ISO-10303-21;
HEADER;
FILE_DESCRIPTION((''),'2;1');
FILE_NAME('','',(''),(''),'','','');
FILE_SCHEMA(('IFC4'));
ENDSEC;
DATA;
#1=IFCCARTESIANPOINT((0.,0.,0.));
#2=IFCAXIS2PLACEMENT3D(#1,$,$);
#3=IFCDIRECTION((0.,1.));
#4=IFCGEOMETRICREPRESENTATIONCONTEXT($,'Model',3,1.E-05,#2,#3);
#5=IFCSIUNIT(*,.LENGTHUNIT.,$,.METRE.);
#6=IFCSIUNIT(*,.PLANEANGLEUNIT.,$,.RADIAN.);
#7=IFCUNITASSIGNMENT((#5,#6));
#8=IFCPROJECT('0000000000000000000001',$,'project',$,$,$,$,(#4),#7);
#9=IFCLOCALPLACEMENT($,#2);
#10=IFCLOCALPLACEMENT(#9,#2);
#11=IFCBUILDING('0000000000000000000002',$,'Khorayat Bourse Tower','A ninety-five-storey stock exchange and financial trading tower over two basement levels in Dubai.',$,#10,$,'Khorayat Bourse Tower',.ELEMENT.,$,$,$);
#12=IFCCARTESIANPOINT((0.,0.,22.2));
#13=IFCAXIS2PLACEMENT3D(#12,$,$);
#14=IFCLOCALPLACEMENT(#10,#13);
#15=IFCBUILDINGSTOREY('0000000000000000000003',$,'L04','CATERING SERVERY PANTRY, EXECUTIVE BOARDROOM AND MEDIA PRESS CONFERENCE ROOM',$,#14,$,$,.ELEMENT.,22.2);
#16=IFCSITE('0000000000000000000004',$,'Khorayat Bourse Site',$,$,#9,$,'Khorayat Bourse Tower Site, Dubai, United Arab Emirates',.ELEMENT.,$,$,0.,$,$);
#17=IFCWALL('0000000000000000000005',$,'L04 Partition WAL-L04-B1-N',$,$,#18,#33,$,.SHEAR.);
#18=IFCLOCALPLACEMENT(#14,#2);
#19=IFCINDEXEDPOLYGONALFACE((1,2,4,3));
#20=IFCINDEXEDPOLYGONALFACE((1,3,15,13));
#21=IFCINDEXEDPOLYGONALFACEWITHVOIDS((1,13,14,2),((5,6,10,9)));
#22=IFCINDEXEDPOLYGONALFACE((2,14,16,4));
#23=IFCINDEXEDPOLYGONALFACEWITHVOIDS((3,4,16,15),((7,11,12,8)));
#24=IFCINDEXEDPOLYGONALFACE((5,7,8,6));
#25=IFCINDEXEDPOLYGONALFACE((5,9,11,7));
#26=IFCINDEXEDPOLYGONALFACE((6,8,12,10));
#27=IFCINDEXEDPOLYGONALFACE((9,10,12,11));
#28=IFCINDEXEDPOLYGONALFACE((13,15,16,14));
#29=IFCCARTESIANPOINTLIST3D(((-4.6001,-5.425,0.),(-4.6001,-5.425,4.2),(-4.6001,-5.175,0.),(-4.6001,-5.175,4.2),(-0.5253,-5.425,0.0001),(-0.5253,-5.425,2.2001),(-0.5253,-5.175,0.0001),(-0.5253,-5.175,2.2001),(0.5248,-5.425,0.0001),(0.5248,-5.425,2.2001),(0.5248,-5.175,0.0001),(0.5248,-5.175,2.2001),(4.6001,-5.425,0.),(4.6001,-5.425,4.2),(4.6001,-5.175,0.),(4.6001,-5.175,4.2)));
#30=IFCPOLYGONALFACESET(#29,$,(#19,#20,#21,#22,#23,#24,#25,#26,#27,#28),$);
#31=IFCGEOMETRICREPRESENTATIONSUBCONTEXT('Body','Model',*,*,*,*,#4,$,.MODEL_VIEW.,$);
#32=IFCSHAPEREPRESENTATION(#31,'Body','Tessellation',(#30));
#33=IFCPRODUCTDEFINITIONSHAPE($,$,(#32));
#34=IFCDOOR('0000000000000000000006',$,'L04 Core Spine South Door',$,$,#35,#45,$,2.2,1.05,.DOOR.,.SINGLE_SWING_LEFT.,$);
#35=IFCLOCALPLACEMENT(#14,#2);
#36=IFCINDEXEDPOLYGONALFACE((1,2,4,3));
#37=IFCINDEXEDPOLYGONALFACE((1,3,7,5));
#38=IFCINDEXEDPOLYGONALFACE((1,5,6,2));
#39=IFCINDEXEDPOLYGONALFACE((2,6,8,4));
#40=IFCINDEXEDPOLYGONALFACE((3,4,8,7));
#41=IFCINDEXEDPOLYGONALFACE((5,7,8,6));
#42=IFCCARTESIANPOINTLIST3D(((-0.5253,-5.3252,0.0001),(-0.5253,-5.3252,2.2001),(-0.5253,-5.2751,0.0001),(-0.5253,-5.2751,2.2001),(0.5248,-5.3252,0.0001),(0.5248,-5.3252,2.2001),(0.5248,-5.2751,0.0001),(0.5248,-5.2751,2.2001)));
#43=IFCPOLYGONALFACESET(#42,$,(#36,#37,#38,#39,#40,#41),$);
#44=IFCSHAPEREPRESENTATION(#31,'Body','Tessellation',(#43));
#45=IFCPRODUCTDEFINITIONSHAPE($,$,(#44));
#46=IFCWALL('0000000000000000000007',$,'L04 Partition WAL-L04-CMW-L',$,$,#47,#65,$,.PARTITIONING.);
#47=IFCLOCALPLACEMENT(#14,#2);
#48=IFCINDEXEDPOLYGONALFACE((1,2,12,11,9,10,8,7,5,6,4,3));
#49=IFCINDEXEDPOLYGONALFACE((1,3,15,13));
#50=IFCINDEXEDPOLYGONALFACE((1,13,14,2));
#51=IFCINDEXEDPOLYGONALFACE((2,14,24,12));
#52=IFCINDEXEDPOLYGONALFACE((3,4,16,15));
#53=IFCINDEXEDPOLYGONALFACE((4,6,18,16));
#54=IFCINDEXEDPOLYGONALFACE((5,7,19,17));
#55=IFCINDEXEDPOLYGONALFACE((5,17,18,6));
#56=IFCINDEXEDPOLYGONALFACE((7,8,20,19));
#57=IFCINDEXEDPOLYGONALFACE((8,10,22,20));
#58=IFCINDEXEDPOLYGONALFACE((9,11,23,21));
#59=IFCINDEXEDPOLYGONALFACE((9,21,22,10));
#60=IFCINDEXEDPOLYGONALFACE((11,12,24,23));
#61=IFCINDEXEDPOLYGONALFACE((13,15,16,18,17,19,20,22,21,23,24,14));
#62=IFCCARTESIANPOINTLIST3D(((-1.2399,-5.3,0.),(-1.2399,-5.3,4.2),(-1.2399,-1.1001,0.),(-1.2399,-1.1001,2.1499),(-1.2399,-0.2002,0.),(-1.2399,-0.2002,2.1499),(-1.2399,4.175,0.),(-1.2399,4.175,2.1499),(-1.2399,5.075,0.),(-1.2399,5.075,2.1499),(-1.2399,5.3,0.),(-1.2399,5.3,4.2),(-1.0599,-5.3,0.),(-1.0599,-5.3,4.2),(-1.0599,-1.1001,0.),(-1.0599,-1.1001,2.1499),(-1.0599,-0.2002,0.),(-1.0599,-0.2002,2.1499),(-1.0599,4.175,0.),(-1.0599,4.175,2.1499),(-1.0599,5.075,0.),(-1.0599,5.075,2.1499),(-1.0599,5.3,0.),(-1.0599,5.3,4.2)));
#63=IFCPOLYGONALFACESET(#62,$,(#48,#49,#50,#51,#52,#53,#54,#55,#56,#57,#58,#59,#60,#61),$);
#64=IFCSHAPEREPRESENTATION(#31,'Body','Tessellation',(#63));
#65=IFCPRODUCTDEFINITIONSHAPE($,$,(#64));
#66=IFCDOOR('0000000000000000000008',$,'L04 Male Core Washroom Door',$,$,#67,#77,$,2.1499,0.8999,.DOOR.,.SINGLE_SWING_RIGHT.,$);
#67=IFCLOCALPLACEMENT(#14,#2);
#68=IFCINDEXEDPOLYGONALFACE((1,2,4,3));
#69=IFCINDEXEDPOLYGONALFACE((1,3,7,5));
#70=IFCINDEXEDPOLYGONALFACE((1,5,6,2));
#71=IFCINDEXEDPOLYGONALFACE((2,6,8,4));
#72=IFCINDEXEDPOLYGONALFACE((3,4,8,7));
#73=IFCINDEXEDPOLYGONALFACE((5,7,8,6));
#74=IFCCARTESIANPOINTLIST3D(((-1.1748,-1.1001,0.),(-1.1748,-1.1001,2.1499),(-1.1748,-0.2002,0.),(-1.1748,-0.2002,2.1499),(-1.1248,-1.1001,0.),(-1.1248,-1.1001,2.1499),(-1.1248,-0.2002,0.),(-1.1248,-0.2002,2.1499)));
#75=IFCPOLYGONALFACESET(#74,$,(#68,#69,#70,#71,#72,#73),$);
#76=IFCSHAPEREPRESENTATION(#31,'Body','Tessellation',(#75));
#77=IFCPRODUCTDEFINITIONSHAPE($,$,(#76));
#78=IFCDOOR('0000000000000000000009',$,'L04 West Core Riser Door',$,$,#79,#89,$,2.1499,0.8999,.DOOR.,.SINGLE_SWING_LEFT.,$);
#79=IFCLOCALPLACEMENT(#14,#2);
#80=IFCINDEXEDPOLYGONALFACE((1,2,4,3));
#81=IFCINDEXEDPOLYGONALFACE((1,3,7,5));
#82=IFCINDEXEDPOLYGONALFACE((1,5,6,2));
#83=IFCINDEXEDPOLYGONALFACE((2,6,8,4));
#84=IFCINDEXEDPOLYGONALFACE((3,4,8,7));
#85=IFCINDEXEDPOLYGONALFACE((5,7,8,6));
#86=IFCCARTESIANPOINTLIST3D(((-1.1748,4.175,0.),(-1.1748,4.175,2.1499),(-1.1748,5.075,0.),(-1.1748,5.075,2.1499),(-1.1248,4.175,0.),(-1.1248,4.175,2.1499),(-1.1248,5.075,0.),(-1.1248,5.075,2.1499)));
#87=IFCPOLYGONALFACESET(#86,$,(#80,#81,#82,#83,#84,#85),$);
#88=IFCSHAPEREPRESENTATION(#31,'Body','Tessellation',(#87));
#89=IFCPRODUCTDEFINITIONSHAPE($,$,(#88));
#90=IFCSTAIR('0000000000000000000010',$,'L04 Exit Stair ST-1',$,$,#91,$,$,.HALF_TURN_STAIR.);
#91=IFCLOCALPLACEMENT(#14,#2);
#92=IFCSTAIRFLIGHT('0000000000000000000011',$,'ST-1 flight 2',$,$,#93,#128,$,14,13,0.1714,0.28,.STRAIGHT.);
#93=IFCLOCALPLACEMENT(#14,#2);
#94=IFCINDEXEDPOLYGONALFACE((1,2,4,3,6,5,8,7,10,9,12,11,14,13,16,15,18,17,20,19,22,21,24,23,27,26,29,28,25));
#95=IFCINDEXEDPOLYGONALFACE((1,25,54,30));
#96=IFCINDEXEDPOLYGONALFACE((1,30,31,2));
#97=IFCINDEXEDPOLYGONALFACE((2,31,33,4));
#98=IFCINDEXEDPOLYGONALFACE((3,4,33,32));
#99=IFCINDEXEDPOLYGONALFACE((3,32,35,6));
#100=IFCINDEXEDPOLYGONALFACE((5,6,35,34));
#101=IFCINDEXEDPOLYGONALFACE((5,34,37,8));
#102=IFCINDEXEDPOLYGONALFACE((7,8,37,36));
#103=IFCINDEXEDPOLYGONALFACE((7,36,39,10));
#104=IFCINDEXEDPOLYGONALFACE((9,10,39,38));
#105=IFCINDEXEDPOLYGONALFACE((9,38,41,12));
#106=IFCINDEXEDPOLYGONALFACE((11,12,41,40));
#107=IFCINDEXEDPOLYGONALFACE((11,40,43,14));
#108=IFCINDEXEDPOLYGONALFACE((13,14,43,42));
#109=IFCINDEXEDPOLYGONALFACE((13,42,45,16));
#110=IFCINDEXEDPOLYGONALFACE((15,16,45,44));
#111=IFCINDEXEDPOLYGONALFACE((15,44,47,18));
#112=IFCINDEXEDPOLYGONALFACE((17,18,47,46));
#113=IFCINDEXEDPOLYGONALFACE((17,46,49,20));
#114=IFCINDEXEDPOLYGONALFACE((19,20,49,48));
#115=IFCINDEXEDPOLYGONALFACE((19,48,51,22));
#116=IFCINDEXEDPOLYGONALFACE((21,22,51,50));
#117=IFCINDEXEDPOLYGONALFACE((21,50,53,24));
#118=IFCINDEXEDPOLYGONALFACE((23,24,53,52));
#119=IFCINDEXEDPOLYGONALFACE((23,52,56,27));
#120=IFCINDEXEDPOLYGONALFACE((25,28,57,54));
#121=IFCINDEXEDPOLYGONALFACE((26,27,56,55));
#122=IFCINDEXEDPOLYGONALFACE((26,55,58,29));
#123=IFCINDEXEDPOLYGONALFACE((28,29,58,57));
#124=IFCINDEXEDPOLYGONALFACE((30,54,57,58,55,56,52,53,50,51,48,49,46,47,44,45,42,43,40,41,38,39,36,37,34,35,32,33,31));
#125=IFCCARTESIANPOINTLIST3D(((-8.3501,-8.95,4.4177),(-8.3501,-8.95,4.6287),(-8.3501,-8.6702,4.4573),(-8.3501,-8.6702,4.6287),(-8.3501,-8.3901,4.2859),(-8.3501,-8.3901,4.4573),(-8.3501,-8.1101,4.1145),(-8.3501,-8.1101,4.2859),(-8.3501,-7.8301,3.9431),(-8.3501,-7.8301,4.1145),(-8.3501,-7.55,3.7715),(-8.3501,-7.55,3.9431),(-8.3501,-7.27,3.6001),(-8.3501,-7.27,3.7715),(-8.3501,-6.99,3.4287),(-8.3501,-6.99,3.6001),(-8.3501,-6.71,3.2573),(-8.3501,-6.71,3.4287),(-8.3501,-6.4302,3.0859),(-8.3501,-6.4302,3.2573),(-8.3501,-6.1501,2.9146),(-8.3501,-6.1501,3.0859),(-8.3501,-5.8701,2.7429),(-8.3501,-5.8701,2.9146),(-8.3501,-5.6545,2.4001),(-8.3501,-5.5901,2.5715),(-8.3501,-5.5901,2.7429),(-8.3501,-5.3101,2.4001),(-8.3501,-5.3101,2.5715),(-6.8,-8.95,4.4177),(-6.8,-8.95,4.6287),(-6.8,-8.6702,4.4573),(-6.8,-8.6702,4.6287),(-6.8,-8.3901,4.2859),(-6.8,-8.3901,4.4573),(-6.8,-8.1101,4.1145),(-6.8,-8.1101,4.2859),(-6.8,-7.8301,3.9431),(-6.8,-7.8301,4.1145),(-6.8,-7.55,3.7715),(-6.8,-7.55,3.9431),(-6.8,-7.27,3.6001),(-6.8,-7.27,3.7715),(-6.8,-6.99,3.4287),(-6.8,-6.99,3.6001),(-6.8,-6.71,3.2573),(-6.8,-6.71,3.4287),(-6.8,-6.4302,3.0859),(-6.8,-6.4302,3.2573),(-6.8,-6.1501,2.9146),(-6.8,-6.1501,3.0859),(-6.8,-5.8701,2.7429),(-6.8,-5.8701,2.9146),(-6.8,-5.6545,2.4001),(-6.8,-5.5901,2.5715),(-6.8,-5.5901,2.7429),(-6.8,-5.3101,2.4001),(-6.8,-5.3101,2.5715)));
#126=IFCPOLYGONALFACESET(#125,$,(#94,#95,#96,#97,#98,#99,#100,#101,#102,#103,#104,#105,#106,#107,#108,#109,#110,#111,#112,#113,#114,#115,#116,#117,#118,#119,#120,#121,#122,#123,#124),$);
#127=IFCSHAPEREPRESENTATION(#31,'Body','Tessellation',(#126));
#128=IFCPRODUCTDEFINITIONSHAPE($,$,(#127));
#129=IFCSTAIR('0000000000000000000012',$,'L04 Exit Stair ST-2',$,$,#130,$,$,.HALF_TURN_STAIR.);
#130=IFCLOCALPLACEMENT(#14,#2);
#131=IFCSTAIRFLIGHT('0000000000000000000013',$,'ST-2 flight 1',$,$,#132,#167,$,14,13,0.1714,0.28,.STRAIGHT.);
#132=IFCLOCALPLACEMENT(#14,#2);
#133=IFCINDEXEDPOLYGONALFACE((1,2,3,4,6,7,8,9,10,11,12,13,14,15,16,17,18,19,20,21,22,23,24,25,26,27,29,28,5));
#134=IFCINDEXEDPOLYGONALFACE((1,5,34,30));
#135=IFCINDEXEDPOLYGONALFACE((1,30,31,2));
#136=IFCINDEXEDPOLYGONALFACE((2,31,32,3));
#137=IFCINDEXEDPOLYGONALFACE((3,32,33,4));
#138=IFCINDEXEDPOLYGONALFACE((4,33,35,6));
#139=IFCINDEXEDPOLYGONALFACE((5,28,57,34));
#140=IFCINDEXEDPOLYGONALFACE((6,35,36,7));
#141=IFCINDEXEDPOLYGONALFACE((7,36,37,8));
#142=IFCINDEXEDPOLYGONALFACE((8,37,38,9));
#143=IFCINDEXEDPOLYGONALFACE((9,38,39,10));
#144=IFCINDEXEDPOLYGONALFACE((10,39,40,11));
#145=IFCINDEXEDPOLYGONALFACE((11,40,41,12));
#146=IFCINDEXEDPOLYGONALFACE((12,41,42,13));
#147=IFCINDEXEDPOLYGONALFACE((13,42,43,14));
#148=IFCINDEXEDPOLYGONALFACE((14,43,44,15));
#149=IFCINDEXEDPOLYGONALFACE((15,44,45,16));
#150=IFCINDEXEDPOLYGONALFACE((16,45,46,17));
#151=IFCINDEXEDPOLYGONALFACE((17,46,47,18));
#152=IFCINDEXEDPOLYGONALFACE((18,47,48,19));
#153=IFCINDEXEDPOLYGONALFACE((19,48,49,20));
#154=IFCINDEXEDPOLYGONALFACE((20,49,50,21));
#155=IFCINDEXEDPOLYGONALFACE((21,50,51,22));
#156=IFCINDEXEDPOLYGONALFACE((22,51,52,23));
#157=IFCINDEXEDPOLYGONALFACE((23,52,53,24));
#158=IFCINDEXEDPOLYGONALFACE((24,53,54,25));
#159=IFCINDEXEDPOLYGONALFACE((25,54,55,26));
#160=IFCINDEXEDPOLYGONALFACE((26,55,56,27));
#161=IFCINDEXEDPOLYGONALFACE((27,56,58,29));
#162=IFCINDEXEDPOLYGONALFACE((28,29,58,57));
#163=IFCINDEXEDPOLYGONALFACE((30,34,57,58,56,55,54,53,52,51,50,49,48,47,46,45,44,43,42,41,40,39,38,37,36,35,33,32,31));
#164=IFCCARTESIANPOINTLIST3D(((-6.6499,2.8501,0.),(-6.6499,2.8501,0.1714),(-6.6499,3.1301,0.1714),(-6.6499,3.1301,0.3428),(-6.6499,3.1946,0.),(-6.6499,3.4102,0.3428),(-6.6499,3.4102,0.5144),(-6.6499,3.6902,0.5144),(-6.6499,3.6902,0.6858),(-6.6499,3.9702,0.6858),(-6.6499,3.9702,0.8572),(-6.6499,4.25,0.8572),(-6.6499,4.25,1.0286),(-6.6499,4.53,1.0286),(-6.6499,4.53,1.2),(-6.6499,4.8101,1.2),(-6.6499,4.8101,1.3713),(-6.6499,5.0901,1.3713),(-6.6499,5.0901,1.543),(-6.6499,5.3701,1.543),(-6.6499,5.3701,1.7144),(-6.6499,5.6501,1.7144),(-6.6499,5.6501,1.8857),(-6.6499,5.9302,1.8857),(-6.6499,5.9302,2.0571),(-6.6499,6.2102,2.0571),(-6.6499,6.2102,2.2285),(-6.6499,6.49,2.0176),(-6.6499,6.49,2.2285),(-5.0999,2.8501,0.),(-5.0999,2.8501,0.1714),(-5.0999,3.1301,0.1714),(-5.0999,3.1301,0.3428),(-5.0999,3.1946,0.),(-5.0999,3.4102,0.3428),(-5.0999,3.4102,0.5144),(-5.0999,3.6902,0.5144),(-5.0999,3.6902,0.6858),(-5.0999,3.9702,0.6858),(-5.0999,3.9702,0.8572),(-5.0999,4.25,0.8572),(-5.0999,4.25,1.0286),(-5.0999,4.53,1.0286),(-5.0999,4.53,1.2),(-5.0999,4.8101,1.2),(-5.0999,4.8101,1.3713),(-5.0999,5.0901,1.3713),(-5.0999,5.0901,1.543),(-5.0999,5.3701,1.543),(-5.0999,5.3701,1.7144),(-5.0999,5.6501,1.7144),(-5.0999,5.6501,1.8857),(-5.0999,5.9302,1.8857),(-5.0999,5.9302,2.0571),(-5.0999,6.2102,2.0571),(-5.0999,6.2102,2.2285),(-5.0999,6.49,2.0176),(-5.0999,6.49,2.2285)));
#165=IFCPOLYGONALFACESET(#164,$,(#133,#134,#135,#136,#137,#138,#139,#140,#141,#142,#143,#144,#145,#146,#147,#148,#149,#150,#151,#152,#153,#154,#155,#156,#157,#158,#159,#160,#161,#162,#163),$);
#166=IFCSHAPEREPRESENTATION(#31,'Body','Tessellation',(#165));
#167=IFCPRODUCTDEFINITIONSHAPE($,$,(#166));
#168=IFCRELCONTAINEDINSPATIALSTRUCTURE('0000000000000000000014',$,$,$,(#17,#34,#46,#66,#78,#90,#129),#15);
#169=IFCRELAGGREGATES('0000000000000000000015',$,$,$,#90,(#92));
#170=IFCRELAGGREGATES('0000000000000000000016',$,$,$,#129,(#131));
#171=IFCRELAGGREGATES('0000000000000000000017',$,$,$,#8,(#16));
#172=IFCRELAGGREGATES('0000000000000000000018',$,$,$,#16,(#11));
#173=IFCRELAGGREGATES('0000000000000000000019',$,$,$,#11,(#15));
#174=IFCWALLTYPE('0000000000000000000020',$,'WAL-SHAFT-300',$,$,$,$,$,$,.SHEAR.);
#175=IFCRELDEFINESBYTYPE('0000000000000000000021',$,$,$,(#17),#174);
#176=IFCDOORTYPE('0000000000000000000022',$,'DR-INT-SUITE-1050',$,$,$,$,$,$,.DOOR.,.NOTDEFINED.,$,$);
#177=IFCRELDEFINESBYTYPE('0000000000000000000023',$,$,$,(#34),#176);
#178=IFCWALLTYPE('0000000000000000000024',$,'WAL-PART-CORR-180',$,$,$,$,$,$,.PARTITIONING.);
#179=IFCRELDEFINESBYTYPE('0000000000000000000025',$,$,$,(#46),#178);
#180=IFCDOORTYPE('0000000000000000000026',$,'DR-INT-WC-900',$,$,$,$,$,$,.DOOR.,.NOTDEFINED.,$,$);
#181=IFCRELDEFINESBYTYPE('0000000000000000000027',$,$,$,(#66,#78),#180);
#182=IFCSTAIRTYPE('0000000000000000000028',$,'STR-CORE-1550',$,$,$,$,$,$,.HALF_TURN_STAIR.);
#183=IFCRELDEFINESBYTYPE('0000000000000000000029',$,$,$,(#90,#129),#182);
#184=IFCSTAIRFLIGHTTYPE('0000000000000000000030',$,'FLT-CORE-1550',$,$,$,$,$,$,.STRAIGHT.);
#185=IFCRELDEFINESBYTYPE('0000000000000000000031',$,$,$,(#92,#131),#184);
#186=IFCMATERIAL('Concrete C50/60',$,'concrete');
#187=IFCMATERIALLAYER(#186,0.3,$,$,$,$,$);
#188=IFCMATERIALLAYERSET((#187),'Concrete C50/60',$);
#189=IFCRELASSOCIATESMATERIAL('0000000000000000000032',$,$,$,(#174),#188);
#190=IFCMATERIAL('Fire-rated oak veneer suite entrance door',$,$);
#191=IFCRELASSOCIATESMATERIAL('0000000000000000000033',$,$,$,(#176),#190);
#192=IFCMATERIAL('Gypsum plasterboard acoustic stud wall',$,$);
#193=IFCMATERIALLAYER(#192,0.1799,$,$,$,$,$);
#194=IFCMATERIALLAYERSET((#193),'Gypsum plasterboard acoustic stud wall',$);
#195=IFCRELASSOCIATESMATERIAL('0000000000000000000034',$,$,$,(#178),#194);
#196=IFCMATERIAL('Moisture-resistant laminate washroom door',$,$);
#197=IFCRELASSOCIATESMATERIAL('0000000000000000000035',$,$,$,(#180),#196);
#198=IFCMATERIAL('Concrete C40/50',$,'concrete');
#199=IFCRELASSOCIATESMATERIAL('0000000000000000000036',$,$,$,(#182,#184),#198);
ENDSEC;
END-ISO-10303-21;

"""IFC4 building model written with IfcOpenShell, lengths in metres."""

from ifc_helpers import new_model, si_unit, direction, frame, frame_2d, origin, place, context, subcontext, project, spatial, polyline, rectangle, outline, extrude, source, transform, mapped, material, layer, layer_set, type_object, element, fill, aggregate, save


model = new_model("IFC4")

# Units and contexts
model_context = context("Model", 3, precision=1e-05, world=origin(), true_north=direction((0.0, 1.0)))
body_context = subcontext(model_context, "Body", "Model", "MODEL_VIEW")
ifc_project = project(units=[si_unit("LENGTHUNIT", "METRE"), si_unit("PLANEANGLEUNIT", "RADIAN")], contexts=[model_context])

# Site, building, storey
site_placement = place(None, origin())
site = spatial("IfcSite", under=ifc_project, at=site_placement, Name="Khorayat Bourse Site", LongName="Khorayat Bourse Tower Site, Dubai, United Arab Emirates", CompositionType="ELEMENT", RefElevation=0.0)
building_placement = place(site_placement, origin())
building = spatial("IfcBuilding", under=site, at=building_placement, Name="Khorayat Bourse Tower", Description="A ninety-five-storey stock exchange and financial trading tower over two basement levels in Dubai.", LongName="Khorayat Bourse Tower", CompositionType="ELEMENT")
storey_placement = place(building_placement, frame((0.0, 0.0, 22.2)))
storey = spatial("IfcBuildingStorey", under=building, at=storey_placement, Name="L04", Description="CATERING SERVERY PANTRY, EXECUTIVE BOARDROOM AND MEDIA PRESS CONFERENCE ROOM", CompositionType="ELEMENT", Elevation=22.2)

# Shared definitions
ifc_material_1 = material(Name="Concrete C50/60", Category="concrete")
ifc_layer_1 = layer(ifc_material_1, 0.3)
ifc_layer_set_1 = layer_set([ifc_layer_1], Name="Concrete C50/60")
wall_type_1 = type_object("IfcWallType", Name="WAL-SHAFT-300", PredefinedType="SHEAR", material=ifc_layer_set_1)

# Wall, opening, door
shared_shape_1 = source(origin(), body_context, "Body", "SweptSolid", [
    extrude(rectangle(XDim=9.2002, YDim=0.25, at=frame_2d((4.6001, 0.0))), origin(), (0.0, 0.0, 1.0), 4.2),
])
wall_1_placement = place(storey_placement, frame((-4.6001, -5.3, 0.0), z_axis=(0.0, 0.0, 1.0), x_axis=(1.0, 0.0, 0.0)))
wall_1 = element("IfcWall", 1, at=wall_1_placement, inside=storey, type_object=wall_type_1, Name="L04 Partition WAL-L04-B1-N", PredefinedType="SHEAR", context=body_context, shape_type="MappedRepresentation", body=[
    mapped(shared_shape_1, transform((0.0, 0.0, 0.0), scale=1.0)),
])
shared_shape_2 = source(origin(), body_context, "Body", "SweptSolid", [
    extrude(rectangle(XDim=1.05, YDim=2.2, at=frame_2d((0.5249, 1.1001))), frame((0.0, 0.135, 0.0), z_axis=(0.0, -1.0, 0.0), x_axis=(1.0, 0.0, 0.0)), (0.0, 0.0, 1.0), 0.27),
])
opening_1_placement = place(wall_1_placement, frame((4.075, 0.0, 0.0)))
opening_1 = element("IfcOpeningElement", 2, at=opening_1_placement, cuts=wall_1, PredefinedType="OPENING", context=body_context, shape_type="MappedRepresentation", body=[
    mapped(shared_shape_2, transform((0.0, 0.0, 0.0), scale=1.0)),
])
ifc_material_2 = material(Name="Fire-rated oak veneer suite entrance door")
door_type_1 = type_object("IfcDoorType", Name="DR-INT-SUITE-1050", OperationType="NOTDEFINED", PredefinedType="DOOR", material=ifc_material_2)
shared_shape_3 = source(origin(), body_context, "Body", "SweptSolid", [
    extrude(rectangle(XDim=1.05, YDim=2.2, at=frame_2d((0.5249, 1.1001))), frame((0.0, 0.0249, 0.0), z_axis=(0.0, -1.0, 0.0), x_axis=(1.0, 0.0, 0.0)), (0.0, 0.0, 1.0), 0.05),
])
door_1_placement = place(opening_1_placement, origin())
door_1 = element("IfcDoor", 3, at=door_1_placement, inside=storey, type_object=door_type_1, Name="L04 Core Spine South Door", OperationType="SINGLE_SWING_LEFT", OverallHeight=2.2, OverallWidth=1.05, PredefinedType="DOOR", context=body_context, shape_type="MappedRepresentation", body=[
    mapped(shared_shape_3, transform((0.0, 0.0, 0.0), scale=1.0)),
])
fill(opening_1, door_1)

# Wall, openings, doors
ifc_material_3 = material(Name="Gypsum plasterboard acoustic stud wall")
ifc_layer_2 = layer(ifc_material_3, 0.1799)
ifc_layer_set_2 = layer_set([ifc_layer_2], Name="Gypsum plasterboard acoustic stud wall")
wall_type_2 = type_object("IfcWallType", Name="WAL-PART-CORR-180", PredefinedType="PARTITIONING", material=ifc_layer_set_2)
shared_shape_4 = source(origin(), body_context, "Body", "SweptSolid", [
    extrude(rectangle(XDim=10.6001, YDim=0.1799, at=frame_2d((5.3, 0.0))), origin(), (0.0, 0.0, 1.0), 4.2),
])
wall_2_placement = place(storey_placement, frame((-1.1499, -5.3, 0.0), z_axis=(0.0, 0.0, 1.0), x_axis=(0.0, 1.0, 0.0)))
wall_2 = element("IfcWall", 4, at=wall_2_placement, inside=storey, type_object=wall_type_2, Name="L04 Partition WAL-L04-CMW-L", PredefinedType="PARTITIONING", context=body_context, shape_type="MappedRepresentation", body=[
    mapped(shared_shape_4, transform((0.0, 0.0, 0.0), scale=1.0)),
])
shared_shape_5 = source(origin(), body_context, "Body", "SweptSolid", [
    extrude(rectangle(XDim=0.8999, YDim=2.1499, at=frame_2d((0.45, 1.075))), frame((0.0, 0.0999, 0.0), z_axis=(0.0, -1.0, 0.0), x_axis=(1.0, 0.0, 0.0)), (0.0, 0.0, 1.0), 0.2),
])
opening_2_placement = place(wall_2_placement, frame((4.2, 0.0, 0.0)))
opening_2 = element("IfcOpeningElement", 5, at=opening_2_placement, cuts=wall_2, PredefinedType="OPENING", context=body_context, shape_type="MappedRepresentation", body=[
    mapped(shared_shape_5, transform((0.0, 0.0, 0.0), scale=1.0)),
])
opening_3_placement = place(wall_2_placement, frame((9.4751, 0.0, 0.0)))
opening_3 = element("IfcOpeningElement", 6, at=opening_3_placement, cuts=wall_2, PredefinedType="OPENING", context=body_context, shape_type="MappedRepresentation", body=[
    mapped(shared_shape_5, transform((0.0, 0.0, 0.0), scale=1.0)),
])
ifc_material_4 = material(Name="Moisture-resistant laminate washroom door")
door_type_2 = type_object("IfcDoorType", Name="DR-INT-WC-900", OperationType="NOTDEFINED", PredefinedType="DOOR", material=ifc_material_4)
shared_shape_6 = source(origin(), body_context, "Body", "SweptSolid", [
    extrude(rectangle(XDim=0.8999, YDim=2.1499, at=frame_2d((0.45, 1.075))), frame((0.0, 0.0249, 0.0), z_axis=(0.0, -1.0, 0.0), x_axis=(1.0, 0.0, 0.0)), (0.0, 0.0, 1.0), 0.05),
])
door_2_placement = place(opening_2_placement, origin())
door_2 = element("IfcDoor", 7, at=door_2_placement, inside=storey, type_object=door_type_2, Name="L04 Male Core Washroom Door", OperationType="SINGLE_SWING_RIGHT", OverallHeight=2.1499, OverallWidth=0.8999, PredefinedType="DOOR", context=body_context, shape_type="MappedRepresentation", body=[
    mapped(shared_shape_6, transform((0.0, 0.0, 0.0), scale=1.0)),
])
fill(opening_2, door_2)
door_3_placement = place(opening_3_placement, origin())
door_3 = element("IfcDoor", 8, at=door_3_placement, inside=storey, type_object=door_type_2, Name="L04 West Core Riser Door", OperationType="SINGLE_SWING_LEFT", OverallHeight=2.1499, OverallWidth=0.8999, PredefinedType="DOOR", context=body_context, shape_type="MappedRepresentation", body=[
    mapped(shared_shape_6, transform((0.0, 0.0, 0.0), scale=1.0)),
])
fill(opening_3, door_3)

# Stairs, stair flights
ifc_material_5 = material(Name="Concrete C40/50", Category="concrete")
stair_type = type_object("IfcStairType", Name="STR-CORE-1550", PredefinedType="HALF_TURN_STAIR", material=ifc_material_5)
stair_1_placement = place(storey_placement, origin())
stair_1 = element("IfcStair", 9, at=stair_1_placement, inside=storey, type_object=stair_type, Name="L04 Exit Stair ST-1", PredefinedType="HALF_TURN_STAIR")
stair_flight_type = type_object("IfcStairFlightType", Name="FLT-CORE-1550", PredefinedType="STRAIGHT", material=ifc_material_5)
shared_shape_7 = source(origin(), body_context, "Body", "SweptSolid", [
    extrude(outline(polyline([(0.0, 0.0), (0.0, 0.1714), (0.28, 0.1714), (0.28, 0.3428), (0.5601, 0.3428), (0.5601, 0.5144), (0.8401, 0.5144), (0.8401, 0.6858), (1.1201, 0.6858), (1.1201, 0.8572), (1.3999, 0.8572), (1.3999, 1.0286), (1.6799, 1.0286), (1.6799, 1.2), (1.96, 1.2), (1.96, 1.3713), (2.24, 1.3713), (2.24, 1.543), (2.52, 1.543), (2.52, 1.7144), (2.8, 1.7144), (2.8, 1.8857), (3.0801, 1.8857), (3.0801, 2.0571), (3.3601, 2.0571), (3.3601, 2.2285), (3.6399, 2.2285), (3.6399, 2.3999), (3.6399, 2.0176), (0.3445, 0.0), (0.0, 0.0)])), frame((0.0, 0.7749, 0.0), z_axis=(0.0, -1.0, 0.0), x_axis=(1.0, 0.0, 0.0)), (0.0, 0.0, 1.0), 1.55),
])
stair_flight_1_placement = place(storey_placement, frame((-7.575, -5.3101, 2.4001), z_axis=(0.0, 0.0, 1.0), x_axis=(0.0, -1.0, 0.0)))
stair_flight_1 = element("IfcStairFlight", 10, at=stair_flight_1_placement, type_object=stair_flight_type, Name="ST-1 flight 2", NumberOfRisers=14, NumberOfTreads=13, PredefinedType="STRAIGHT", RiserHeight=0.1714, TreadLength=0.28, context=body_context, shape_type="MappedRepresentation", body=[
    mapped(shared_shape_7, transform((0.0, 0.0, 0.0), scale=1.0)),
])
aggregate(stair_1, [stair_flight_1])
stair_2_placement = place(storey_placement, origin())
stair_2 = element("IfcStair", 11, at=stair_2_placement, inside=storey, type_object=stair_type, Name="L04 Exit Stair ST-2", PredefinedType="HALF_TURN_STAIR")
stair_flight_2_placement = place(storey_placement, frame((-5.875, 2.8501, 0.0), z_axis=(0.0, 0.0, 1.0), x_axis=(0.0, 1.0, 0.0)))
stair_flight_2 = element("IfcStairFlight", 12, at=stair_flight_2_placement, type_object=stair_flight_type, Name="ST-2 flight 1", NumberOfRisers=14, NumberOfTreads=13, PredefinedType="STRAIGHT", RiserHeight=0.1714, TreadLength=0.28, context=body_context, shape_type="MappedRepresentation", body=[
    mapped(shared_shape_7, transform((0.0, 0.0, 0.0), scale=1.0)),
])
aggregate(stair_2, [stair_flight_2])

save(model, "model.ifc")
